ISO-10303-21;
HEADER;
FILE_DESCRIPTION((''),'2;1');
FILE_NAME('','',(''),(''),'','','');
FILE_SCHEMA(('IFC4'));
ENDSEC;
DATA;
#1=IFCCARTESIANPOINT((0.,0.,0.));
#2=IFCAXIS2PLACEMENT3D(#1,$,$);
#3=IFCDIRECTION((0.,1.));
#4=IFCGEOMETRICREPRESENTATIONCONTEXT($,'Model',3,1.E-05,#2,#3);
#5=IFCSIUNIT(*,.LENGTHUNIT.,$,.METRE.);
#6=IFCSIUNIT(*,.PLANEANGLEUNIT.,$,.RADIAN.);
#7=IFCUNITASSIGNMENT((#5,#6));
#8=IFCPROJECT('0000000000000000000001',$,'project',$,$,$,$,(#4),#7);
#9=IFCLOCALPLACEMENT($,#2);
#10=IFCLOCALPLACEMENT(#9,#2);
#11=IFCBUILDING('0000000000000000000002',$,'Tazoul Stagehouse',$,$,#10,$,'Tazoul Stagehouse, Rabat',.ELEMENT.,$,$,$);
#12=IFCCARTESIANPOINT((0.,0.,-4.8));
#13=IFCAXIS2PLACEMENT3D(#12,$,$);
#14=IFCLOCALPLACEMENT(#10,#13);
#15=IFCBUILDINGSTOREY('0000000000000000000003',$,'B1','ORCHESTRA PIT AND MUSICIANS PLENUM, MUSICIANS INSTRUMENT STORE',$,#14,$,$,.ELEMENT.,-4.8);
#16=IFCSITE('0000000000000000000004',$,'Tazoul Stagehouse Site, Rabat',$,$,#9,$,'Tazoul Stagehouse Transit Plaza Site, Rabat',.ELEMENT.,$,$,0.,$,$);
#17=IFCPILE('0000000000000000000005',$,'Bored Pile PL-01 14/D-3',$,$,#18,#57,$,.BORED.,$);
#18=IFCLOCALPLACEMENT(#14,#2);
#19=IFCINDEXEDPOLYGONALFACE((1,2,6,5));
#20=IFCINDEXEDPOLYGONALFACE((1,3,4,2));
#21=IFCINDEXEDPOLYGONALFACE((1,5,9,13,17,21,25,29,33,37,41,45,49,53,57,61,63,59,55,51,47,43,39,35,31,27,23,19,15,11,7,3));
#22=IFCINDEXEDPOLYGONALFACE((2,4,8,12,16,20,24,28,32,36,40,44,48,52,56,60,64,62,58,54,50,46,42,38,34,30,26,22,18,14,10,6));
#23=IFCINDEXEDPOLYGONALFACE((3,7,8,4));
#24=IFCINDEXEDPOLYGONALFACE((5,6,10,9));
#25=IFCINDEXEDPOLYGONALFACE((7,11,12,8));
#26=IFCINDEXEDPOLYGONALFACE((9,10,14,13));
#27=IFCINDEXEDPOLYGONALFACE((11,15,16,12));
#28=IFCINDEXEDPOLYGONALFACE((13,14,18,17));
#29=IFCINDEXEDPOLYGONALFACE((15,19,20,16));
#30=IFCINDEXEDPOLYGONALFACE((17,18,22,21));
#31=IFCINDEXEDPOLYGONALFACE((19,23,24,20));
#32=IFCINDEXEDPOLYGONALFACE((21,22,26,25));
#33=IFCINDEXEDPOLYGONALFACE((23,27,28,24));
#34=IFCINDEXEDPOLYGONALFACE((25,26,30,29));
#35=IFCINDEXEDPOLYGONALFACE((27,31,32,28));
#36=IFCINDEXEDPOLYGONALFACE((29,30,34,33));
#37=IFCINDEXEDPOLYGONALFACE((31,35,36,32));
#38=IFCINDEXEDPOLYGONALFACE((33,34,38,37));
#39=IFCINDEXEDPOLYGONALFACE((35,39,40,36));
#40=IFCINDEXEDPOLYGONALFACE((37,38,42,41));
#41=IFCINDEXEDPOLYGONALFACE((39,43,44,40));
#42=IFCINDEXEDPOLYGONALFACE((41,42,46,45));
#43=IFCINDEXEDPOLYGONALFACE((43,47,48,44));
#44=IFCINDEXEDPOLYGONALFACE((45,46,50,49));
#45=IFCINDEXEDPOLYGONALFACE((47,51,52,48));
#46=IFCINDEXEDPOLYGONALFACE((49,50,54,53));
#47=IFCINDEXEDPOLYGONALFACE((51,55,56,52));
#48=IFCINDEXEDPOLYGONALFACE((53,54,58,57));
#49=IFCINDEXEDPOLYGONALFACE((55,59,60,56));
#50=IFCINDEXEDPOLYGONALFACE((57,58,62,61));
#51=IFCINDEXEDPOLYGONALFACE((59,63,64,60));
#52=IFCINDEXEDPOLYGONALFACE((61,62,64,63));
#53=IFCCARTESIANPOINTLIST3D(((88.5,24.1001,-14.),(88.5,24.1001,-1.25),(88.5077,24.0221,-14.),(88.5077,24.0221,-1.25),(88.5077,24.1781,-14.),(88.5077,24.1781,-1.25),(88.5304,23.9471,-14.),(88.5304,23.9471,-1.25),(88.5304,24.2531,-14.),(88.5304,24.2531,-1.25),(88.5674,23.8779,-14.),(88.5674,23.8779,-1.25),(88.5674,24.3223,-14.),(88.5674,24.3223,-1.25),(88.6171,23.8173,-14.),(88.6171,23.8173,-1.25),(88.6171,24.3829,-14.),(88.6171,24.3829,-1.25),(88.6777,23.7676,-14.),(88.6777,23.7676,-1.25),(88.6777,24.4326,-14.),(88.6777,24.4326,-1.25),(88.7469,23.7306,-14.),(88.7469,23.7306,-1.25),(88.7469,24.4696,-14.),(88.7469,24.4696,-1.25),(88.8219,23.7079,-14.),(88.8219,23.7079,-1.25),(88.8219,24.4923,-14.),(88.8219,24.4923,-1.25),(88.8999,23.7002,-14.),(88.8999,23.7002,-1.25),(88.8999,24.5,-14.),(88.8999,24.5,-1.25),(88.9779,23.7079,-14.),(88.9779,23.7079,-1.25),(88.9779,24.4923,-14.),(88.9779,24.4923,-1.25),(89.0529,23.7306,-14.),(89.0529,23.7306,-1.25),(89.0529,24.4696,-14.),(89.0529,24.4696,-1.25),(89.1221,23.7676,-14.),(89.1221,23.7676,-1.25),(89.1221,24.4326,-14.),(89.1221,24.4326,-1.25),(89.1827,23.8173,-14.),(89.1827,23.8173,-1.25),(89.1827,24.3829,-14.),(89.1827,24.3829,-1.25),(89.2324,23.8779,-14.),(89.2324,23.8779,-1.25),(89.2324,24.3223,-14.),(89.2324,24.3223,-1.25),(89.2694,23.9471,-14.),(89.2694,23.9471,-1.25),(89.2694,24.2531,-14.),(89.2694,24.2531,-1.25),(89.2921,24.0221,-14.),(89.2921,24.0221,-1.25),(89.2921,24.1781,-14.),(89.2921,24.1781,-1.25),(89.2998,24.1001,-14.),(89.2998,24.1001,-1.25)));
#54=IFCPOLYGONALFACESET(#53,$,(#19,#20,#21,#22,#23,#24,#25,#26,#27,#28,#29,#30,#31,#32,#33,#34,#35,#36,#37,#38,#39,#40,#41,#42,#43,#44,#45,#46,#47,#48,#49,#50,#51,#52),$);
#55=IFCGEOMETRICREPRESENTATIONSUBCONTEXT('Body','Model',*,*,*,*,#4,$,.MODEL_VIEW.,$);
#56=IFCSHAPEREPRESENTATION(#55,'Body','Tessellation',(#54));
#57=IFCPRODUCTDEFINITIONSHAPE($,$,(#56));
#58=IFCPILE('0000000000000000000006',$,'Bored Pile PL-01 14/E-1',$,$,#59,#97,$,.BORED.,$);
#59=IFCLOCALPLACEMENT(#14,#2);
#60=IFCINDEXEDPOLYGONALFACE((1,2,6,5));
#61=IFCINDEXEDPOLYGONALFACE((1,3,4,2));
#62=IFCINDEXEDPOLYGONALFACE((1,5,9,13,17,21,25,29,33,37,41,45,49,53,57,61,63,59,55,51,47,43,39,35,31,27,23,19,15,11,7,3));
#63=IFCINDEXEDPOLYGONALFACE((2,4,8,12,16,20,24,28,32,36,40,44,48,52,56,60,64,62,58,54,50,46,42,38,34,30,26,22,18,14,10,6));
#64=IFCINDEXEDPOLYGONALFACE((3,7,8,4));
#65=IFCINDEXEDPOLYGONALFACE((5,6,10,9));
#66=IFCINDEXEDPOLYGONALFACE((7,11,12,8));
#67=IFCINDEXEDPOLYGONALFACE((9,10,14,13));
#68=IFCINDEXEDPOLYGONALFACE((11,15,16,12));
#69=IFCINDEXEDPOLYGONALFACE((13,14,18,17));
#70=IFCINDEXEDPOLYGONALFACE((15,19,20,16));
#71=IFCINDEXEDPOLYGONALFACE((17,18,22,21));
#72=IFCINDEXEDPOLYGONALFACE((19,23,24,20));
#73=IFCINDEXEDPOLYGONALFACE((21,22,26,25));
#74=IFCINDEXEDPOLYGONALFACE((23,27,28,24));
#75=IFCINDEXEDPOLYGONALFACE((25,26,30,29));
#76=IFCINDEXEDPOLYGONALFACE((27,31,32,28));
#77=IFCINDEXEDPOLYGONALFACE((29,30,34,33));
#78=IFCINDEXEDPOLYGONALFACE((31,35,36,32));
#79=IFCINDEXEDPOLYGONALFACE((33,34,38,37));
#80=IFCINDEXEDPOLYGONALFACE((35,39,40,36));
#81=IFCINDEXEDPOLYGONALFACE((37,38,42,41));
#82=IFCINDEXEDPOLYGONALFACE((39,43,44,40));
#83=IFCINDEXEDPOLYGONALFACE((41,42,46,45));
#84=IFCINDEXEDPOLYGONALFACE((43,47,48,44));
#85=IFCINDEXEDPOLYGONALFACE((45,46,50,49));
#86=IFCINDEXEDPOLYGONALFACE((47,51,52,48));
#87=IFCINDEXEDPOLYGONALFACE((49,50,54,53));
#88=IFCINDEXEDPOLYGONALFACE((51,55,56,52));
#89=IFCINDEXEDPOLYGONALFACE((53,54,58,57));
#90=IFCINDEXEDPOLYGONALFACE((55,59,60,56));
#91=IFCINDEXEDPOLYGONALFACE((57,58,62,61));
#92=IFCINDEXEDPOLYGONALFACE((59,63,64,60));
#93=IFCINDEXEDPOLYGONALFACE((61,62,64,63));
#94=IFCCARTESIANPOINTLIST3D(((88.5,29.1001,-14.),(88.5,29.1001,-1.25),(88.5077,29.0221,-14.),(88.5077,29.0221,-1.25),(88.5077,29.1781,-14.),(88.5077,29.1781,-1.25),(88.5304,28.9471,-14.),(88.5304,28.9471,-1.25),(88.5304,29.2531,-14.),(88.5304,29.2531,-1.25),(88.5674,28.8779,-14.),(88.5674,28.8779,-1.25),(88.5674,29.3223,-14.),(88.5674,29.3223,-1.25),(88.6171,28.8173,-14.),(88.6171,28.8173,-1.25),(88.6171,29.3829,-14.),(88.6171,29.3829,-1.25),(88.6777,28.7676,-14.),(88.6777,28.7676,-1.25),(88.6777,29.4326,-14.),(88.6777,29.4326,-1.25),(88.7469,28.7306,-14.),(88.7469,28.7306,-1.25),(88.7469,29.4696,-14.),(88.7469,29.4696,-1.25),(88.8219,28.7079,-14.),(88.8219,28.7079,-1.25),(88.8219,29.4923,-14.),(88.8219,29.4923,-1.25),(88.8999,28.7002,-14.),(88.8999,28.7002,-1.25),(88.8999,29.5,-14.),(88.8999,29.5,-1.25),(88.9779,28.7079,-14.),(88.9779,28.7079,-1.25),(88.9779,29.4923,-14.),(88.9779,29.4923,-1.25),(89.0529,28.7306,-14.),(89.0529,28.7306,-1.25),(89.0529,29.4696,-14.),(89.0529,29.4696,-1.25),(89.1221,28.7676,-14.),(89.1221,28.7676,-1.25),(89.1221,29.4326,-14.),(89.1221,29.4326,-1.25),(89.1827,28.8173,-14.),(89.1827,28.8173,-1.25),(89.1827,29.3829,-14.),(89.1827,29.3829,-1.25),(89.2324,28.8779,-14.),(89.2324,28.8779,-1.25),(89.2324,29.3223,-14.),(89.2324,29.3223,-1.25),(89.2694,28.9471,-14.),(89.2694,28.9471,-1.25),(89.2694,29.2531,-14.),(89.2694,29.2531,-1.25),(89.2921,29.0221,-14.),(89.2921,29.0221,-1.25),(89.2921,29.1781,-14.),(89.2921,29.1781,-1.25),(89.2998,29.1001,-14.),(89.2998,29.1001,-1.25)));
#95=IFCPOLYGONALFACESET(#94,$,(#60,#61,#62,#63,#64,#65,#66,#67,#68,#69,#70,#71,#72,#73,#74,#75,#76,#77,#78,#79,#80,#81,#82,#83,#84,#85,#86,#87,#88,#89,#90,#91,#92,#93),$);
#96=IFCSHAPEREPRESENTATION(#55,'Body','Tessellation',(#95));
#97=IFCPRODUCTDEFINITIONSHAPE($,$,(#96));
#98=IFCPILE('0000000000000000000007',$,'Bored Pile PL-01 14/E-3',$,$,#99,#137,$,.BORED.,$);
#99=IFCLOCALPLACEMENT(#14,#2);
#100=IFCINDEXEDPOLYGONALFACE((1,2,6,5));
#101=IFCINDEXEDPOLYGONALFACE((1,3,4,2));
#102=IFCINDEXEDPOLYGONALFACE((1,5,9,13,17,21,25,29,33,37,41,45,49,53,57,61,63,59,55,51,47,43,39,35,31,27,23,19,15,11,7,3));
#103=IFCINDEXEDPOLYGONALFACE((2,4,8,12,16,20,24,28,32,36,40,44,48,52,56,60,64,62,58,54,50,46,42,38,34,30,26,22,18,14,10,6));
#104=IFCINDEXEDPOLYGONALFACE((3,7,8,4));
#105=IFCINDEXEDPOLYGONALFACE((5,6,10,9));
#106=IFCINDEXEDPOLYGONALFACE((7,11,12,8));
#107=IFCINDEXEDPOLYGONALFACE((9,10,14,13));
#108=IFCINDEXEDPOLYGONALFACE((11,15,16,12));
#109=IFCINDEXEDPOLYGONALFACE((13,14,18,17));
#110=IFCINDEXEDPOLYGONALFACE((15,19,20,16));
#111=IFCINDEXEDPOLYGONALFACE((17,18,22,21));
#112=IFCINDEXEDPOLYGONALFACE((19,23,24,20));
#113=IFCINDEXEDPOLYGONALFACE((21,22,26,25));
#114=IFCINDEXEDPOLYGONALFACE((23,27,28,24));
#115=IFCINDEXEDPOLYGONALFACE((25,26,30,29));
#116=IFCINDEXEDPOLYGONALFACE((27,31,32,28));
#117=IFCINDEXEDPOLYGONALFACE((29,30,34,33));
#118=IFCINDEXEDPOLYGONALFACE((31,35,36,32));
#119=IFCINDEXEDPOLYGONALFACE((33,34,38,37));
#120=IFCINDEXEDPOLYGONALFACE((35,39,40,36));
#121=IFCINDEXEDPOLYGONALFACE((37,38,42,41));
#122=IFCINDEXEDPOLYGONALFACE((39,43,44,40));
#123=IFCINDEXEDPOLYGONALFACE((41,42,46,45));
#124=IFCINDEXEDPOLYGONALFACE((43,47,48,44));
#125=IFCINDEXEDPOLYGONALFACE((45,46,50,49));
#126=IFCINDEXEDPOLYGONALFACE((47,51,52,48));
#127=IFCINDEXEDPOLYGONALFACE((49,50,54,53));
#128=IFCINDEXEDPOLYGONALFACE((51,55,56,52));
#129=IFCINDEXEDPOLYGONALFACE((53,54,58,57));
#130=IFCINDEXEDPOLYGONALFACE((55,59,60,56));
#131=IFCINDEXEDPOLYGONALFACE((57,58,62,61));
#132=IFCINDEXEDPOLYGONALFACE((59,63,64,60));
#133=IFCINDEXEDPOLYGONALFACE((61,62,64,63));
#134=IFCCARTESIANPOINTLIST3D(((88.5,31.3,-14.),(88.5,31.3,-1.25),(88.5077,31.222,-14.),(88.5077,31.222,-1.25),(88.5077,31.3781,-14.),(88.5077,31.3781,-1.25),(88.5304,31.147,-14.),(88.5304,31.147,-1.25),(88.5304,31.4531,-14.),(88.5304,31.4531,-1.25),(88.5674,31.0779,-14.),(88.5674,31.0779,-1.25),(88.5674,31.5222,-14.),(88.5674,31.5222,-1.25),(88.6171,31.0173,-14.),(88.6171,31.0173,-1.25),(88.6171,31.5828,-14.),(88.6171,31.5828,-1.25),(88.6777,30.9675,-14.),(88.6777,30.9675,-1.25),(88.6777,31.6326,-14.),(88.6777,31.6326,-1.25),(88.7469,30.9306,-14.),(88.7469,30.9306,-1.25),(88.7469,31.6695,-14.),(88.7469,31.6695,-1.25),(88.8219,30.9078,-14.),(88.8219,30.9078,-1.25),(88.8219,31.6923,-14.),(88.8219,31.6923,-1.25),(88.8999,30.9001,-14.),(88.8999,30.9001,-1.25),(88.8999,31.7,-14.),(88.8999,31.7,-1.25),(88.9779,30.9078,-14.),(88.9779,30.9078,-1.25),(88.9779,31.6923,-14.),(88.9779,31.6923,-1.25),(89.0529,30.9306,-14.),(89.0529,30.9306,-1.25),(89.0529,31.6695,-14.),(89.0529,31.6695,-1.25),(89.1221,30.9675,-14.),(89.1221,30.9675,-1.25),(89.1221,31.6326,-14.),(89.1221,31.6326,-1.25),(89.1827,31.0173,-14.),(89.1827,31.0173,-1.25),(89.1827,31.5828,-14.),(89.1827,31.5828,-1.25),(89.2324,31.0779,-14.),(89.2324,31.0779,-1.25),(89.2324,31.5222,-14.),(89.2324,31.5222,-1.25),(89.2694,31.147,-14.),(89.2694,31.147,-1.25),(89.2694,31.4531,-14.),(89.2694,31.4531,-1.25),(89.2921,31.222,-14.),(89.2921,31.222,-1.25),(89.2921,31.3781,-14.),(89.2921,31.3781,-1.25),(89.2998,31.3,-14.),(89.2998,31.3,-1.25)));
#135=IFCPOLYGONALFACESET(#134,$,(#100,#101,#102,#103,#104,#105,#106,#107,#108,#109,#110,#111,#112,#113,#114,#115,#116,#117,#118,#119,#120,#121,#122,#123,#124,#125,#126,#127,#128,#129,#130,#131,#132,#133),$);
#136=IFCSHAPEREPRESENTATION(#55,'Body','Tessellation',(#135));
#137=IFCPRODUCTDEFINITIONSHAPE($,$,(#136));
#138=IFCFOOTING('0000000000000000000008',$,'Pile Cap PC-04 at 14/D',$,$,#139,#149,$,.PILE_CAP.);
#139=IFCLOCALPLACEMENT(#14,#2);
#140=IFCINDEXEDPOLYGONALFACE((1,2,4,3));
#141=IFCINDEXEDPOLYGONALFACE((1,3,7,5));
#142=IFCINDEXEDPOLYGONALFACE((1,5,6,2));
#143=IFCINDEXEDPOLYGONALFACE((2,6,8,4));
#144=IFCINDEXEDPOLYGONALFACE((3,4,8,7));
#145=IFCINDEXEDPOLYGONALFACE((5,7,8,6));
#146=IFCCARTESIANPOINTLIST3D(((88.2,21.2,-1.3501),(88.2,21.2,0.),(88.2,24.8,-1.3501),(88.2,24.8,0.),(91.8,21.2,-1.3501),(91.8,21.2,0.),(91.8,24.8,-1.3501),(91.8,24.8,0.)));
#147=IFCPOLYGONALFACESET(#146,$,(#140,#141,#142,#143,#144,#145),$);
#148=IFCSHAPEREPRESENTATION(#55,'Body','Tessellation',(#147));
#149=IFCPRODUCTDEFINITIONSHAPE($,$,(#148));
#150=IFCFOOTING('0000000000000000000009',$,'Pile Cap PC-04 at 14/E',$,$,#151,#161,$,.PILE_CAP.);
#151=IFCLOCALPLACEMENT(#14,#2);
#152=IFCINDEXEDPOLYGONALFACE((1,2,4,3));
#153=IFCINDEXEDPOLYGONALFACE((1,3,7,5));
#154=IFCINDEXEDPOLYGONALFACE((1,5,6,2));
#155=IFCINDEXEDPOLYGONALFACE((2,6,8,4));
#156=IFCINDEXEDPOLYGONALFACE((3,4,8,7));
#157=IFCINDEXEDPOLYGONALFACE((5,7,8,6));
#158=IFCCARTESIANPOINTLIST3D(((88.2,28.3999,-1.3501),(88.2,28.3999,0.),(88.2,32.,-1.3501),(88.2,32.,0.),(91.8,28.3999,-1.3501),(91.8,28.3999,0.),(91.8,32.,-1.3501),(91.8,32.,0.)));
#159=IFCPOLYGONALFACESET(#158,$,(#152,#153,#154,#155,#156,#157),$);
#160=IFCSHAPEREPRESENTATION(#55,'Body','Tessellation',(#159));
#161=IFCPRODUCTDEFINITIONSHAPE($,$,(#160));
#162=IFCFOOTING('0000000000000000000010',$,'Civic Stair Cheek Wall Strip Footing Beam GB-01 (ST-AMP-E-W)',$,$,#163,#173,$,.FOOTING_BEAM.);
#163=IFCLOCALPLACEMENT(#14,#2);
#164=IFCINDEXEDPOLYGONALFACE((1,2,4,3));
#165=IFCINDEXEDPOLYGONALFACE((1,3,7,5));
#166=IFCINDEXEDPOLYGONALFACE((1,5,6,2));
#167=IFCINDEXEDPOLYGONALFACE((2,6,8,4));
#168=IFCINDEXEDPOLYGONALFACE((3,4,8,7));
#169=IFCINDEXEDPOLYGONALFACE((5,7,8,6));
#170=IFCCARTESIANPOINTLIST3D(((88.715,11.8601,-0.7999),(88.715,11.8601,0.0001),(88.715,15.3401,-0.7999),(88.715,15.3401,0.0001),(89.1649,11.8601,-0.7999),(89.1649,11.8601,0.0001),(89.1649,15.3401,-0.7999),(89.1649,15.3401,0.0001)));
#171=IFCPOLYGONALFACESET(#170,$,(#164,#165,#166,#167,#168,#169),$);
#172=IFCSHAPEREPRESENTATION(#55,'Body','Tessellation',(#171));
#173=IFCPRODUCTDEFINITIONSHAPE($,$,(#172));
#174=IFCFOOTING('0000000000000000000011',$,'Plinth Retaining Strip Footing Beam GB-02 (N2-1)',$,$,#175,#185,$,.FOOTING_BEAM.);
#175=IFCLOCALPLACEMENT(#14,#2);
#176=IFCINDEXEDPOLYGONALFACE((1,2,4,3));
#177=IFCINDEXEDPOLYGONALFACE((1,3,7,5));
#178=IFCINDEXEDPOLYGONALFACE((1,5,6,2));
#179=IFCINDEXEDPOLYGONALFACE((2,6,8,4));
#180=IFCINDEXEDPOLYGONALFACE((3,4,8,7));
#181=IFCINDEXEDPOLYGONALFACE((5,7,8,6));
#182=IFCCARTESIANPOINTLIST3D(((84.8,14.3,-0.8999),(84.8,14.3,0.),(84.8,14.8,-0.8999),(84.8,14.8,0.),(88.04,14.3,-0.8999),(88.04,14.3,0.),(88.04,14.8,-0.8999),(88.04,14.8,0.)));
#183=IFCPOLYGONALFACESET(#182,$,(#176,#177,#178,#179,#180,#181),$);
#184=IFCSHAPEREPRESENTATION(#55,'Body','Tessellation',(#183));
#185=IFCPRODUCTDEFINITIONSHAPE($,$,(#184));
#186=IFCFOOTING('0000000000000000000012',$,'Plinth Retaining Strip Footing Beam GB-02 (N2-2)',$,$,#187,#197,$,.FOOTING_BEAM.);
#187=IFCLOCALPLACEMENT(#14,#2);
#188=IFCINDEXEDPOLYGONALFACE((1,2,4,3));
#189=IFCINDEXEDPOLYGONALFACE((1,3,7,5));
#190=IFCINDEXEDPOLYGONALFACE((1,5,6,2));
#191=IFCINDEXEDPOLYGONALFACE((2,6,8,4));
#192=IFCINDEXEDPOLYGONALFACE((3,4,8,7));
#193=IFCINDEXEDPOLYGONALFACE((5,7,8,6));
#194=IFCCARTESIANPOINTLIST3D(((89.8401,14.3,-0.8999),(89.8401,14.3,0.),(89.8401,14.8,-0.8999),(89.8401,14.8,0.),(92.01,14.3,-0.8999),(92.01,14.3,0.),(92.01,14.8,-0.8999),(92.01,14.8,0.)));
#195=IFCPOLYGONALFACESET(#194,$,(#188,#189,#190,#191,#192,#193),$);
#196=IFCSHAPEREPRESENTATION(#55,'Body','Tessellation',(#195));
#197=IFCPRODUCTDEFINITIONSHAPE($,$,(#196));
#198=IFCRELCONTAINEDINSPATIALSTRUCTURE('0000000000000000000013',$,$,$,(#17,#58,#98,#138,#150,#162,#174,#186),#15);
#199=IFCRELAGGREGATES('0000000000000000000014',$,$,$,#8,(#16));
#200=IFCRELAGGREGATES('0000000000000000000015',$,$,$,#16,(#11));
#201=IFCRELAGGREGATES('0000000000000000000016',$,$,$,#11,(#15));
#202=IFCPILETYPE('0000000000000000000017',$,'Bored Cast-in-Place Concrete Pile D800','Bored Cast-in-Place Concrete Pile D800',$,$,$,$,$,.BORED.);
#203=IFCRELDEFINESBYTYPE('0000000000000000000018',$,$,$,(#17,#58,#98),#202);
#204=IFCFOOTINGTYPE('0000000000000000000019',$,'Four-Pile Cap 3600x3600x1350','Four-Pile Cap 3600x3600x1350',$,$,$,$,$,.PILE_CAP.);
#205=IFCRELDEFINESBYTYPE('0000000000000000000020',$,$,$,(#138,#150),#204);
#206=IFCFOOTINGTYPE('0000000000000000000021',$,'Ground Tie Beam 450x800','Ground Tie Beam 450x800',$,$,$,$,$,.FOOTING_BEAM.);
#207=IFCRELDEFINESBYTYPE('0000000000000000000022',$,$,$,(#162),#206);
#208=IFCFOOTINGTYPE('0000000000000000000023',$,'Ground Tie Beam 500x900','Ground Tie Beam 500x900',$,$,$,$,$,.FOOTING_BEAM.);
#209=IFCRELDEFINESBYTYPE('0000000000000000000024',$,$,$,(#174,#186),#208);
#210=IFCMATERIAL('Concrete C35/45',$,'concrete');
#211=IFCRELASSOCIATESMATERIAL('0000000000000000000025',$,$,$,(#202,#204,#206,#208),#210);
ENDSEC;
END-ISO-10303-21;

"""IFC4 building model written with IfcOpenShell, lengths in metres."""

from ifc_helpers import new_model, si_unit, direction, frame, origin, origin_2d, place, context, subcontext, project, spatial, rectangle, circle, extrude, material, material_profile, profile_set, type_object, element, save


model = new_model("IFC4")

# Units and contexts
model_context = context("Model", 3, precision=1e-05, world=origin(), true_north=direction((0.0, 1.0)))
body_context = subcontext(model_context, "Body", "Model", "MODEL_VIEW")
ifc_project = project(units=[si_unit("LENGTHUNIT", "METRE"), si_unit("PLANEANGLEUNIT", "RADIAN")], contexts=[model_context])

# Site, building, storey
site_placement = place(None, origin())
site = spatial("IfcSite", under=ifc_project, at=site_placement, Name="Tazoul Stagehouse Site, Rabat", LongName="Tazoul Stagehouse Transit Plaza Site, Rabat", CompositionType="ELEMENT", RefElevation=0.0)
building_placement = place(site_placement, origin())
building = spatial("IfcBuilding", under=site, at=building_placement, Name="Tazoul Stagehouse", LongName="Tazoul Stagehouse, Rabat", CompositionType="ELEMENT")
storey_placement = place(building_placement, frame((0.0, 0.0, -4.8)))
storey = spatial("IfcBuildingStorey", under=building, at=storey_placement, Name="B1", Description="ORCHESTRA PIT AND MUSICIANS PLENUM, MUSICIANS INSTRUMENT STORE", CompositionType="ELEMENT", Elevation=-4.8)

# Piles
ifc_material_1 = material(Name="Concrete C35/45", Category="concrete")
ifc_material_profile_1 = material_profile(ifc_material_1, circle(Radius=0.3999, at=origin_2d()), Name="BORED PILE 800")
ifc_profile_set_1 = profile_set([ifc_material_profile_1], Name="Concrete C35/45")
pile_type = type_object("IfcPileType", Name="Bored Cast-in-Place Concrete Pile D800", Description="Bored Cast-in-Place Concrete Pile D800", PredefinedType="BORED", material=ifc_profile_set_1)
for number, where, z_axis, x_axis, name in (
    (1, (88.8999, 24.1001, -1.25), (0.0, 0.0, -1.0), (1.0, 0.0, 0.0), "Bored Pile PL-01 14/D-3"),
    (2, (88.8999, 29.1001, -1.25), (0.0, 0.0, -1.0), (1.0, 0.0, 0.0), "Bored Pile PL-01 14/E-1"),
    (3, (88.8999, 31.3, -1.25), (0.0, 0.0, -1.0), (1.0, 0.0, 0.0), "Bored Pile PL-01 14/E-3"),
):
    element("IfcPile", number, at=place(storey_placement, frame(where, z_axis=z_axis, x_axis=x_axis)), inside=storey, type_object=pile_type, Name=name, PredefinedType="BORED", context=body_context, shape_type="SweptSolid", body=[
        extrude(circle(Radius=0.3999, at=origin_2d()), origin(), (0.0, 0.0, 1.0), 12.75),
    ])

# Footings
footing_type_1 = type_object("IfcFootingType", Name="Four-Pile Cap 3600x3600x1350", Description="Four-Pile Cap 3600x3600x1350", PredefinedType="PILE_CAP", material=ifc_material_1)
for number, where, z_axis, x_axis, name in (
    (4, (90.0, 23.0, -1.3501), (0.0, 0.0, 1.0), (1.0, 0.0, 0.0), "Pile Cap PC-04 at 14/D"),
    (5, (90.0, 30.2, -1.3501), (0.0, 0.0, 1.0), (1.0, 0.0, 0.0), "Pile Cap PC-04 at 14/E"),
):
    element("IfcFooting", number, at=place(storey_placement, frame(where, z_axis=z_axis, x_axis=x_axis)), inside=storey, type_object=footing_type_1, Name=name, PredefinedType="PILE_CAP", context=body_context, shape_type="SweptSolid", body=[
        extrude(rectangle(XDim=3.6001, YDim=3.6001, at=origin_2d()), origin(), (0.0, 0.0, 1.0), 1.3501),
    ])
ifc_material_profile_2 = material_profile(ifc_material_1, rectangle(XDim=0.45, YDim=0.8, at=origin_2d()), Name="RC 450x800")
ifc_profile_set_2 = profile_set([ifc_material_profile_2], Name="Concrete C35/45")
footing_type_2 = type_object("IfcFootingType", Name="Ground Tie Beam 450x800", Description="Ground Tie Beam 450x800", PredefinedType="FOOTING_BEAM", material=ifc_profile_set_2)
footing_1_placement = place(storey_placement, frame((88.9399, 11.8601, -0.3999), z_axis=(0.0, 1.0, 0.0), x_axis=(-1.0, 0.0, 0.0)))
element("IfcFooting", 6, at=footing_1_placement, inside=storey, type_object=footing_type_2, Name="Civic Stair Cheek Wall Strip Footing Beam GB-01 (ST-AMP-E-W)", PredefinedType="FOOTING_BEAM", context=body_context, shape_type="SweptSolid", body=[
    extrude(rectangle(XDim=0.45, YDim=0.8, at=origin_2d()), origin(), (0.0, 0.0, 1.0), 3.48),
])
ifc_material_profile_3 = material_profile(ifc_material_1, rectangle(XDim=0.5, YDim=0.8999, at=origin_2d()), Name="RC 500x900")
ifc_profile_set_3 = profile_set([ifc_material_profile_3], Name="Concrete C35/45")
footing_type_3 = type_object("IfcFootingType", Name="Ground Tie Beam 500x900", Description="Ground Tie Beam 500x900", PredefinedType="FOOTING_BEAM", material=ifc_profile_set_3)
footing_2_placement = place(storey_placement, frame((84.8, 14.55, -0.45), z_axis=(1.0, 0.0, 0.0), x_axis=(0.0, 1.0, 0.0)))
element("IfcFooting", 7, at=footing_2_placement, inside=storey, type_object=footing_type_3, Name="Plinth Retaining Strip Footing Beam GB-02 (N2-1)", PredefinedType="FOOTING_BEAM", context=body_context, shape_type="SweptSolid", body=[
    extrude(rectangle(XDim=0.5, YDim=0.8999, at=origin_2d()), origin(), (0.0, 0.0, 1.0), 3.24),
])
footing_3_placement = place(storey_placement, frame((89.8401, 14.55, -0.45), z_axis=(1.0, 0.0, 0.0), x_axis=(0.0, 1.0, 0.0)))
element("IfcFooting", 8, at=footing_3_placement, inside=storey, type_object=footing_type_3, Name="Plinth Retaining Strip Footing Beam GB-02 (N2-2)", PredefinedType="FOOTING_BEAM", context=body_context, shape_type="SweptSolid", body=[
    extrude(rectangle(XDim=0.5, YDim=0.8999, at=origin_2d()), origin(), (0.0, 0.0, 1.0), 2.1699),
])

save(model, "model.ifc")
